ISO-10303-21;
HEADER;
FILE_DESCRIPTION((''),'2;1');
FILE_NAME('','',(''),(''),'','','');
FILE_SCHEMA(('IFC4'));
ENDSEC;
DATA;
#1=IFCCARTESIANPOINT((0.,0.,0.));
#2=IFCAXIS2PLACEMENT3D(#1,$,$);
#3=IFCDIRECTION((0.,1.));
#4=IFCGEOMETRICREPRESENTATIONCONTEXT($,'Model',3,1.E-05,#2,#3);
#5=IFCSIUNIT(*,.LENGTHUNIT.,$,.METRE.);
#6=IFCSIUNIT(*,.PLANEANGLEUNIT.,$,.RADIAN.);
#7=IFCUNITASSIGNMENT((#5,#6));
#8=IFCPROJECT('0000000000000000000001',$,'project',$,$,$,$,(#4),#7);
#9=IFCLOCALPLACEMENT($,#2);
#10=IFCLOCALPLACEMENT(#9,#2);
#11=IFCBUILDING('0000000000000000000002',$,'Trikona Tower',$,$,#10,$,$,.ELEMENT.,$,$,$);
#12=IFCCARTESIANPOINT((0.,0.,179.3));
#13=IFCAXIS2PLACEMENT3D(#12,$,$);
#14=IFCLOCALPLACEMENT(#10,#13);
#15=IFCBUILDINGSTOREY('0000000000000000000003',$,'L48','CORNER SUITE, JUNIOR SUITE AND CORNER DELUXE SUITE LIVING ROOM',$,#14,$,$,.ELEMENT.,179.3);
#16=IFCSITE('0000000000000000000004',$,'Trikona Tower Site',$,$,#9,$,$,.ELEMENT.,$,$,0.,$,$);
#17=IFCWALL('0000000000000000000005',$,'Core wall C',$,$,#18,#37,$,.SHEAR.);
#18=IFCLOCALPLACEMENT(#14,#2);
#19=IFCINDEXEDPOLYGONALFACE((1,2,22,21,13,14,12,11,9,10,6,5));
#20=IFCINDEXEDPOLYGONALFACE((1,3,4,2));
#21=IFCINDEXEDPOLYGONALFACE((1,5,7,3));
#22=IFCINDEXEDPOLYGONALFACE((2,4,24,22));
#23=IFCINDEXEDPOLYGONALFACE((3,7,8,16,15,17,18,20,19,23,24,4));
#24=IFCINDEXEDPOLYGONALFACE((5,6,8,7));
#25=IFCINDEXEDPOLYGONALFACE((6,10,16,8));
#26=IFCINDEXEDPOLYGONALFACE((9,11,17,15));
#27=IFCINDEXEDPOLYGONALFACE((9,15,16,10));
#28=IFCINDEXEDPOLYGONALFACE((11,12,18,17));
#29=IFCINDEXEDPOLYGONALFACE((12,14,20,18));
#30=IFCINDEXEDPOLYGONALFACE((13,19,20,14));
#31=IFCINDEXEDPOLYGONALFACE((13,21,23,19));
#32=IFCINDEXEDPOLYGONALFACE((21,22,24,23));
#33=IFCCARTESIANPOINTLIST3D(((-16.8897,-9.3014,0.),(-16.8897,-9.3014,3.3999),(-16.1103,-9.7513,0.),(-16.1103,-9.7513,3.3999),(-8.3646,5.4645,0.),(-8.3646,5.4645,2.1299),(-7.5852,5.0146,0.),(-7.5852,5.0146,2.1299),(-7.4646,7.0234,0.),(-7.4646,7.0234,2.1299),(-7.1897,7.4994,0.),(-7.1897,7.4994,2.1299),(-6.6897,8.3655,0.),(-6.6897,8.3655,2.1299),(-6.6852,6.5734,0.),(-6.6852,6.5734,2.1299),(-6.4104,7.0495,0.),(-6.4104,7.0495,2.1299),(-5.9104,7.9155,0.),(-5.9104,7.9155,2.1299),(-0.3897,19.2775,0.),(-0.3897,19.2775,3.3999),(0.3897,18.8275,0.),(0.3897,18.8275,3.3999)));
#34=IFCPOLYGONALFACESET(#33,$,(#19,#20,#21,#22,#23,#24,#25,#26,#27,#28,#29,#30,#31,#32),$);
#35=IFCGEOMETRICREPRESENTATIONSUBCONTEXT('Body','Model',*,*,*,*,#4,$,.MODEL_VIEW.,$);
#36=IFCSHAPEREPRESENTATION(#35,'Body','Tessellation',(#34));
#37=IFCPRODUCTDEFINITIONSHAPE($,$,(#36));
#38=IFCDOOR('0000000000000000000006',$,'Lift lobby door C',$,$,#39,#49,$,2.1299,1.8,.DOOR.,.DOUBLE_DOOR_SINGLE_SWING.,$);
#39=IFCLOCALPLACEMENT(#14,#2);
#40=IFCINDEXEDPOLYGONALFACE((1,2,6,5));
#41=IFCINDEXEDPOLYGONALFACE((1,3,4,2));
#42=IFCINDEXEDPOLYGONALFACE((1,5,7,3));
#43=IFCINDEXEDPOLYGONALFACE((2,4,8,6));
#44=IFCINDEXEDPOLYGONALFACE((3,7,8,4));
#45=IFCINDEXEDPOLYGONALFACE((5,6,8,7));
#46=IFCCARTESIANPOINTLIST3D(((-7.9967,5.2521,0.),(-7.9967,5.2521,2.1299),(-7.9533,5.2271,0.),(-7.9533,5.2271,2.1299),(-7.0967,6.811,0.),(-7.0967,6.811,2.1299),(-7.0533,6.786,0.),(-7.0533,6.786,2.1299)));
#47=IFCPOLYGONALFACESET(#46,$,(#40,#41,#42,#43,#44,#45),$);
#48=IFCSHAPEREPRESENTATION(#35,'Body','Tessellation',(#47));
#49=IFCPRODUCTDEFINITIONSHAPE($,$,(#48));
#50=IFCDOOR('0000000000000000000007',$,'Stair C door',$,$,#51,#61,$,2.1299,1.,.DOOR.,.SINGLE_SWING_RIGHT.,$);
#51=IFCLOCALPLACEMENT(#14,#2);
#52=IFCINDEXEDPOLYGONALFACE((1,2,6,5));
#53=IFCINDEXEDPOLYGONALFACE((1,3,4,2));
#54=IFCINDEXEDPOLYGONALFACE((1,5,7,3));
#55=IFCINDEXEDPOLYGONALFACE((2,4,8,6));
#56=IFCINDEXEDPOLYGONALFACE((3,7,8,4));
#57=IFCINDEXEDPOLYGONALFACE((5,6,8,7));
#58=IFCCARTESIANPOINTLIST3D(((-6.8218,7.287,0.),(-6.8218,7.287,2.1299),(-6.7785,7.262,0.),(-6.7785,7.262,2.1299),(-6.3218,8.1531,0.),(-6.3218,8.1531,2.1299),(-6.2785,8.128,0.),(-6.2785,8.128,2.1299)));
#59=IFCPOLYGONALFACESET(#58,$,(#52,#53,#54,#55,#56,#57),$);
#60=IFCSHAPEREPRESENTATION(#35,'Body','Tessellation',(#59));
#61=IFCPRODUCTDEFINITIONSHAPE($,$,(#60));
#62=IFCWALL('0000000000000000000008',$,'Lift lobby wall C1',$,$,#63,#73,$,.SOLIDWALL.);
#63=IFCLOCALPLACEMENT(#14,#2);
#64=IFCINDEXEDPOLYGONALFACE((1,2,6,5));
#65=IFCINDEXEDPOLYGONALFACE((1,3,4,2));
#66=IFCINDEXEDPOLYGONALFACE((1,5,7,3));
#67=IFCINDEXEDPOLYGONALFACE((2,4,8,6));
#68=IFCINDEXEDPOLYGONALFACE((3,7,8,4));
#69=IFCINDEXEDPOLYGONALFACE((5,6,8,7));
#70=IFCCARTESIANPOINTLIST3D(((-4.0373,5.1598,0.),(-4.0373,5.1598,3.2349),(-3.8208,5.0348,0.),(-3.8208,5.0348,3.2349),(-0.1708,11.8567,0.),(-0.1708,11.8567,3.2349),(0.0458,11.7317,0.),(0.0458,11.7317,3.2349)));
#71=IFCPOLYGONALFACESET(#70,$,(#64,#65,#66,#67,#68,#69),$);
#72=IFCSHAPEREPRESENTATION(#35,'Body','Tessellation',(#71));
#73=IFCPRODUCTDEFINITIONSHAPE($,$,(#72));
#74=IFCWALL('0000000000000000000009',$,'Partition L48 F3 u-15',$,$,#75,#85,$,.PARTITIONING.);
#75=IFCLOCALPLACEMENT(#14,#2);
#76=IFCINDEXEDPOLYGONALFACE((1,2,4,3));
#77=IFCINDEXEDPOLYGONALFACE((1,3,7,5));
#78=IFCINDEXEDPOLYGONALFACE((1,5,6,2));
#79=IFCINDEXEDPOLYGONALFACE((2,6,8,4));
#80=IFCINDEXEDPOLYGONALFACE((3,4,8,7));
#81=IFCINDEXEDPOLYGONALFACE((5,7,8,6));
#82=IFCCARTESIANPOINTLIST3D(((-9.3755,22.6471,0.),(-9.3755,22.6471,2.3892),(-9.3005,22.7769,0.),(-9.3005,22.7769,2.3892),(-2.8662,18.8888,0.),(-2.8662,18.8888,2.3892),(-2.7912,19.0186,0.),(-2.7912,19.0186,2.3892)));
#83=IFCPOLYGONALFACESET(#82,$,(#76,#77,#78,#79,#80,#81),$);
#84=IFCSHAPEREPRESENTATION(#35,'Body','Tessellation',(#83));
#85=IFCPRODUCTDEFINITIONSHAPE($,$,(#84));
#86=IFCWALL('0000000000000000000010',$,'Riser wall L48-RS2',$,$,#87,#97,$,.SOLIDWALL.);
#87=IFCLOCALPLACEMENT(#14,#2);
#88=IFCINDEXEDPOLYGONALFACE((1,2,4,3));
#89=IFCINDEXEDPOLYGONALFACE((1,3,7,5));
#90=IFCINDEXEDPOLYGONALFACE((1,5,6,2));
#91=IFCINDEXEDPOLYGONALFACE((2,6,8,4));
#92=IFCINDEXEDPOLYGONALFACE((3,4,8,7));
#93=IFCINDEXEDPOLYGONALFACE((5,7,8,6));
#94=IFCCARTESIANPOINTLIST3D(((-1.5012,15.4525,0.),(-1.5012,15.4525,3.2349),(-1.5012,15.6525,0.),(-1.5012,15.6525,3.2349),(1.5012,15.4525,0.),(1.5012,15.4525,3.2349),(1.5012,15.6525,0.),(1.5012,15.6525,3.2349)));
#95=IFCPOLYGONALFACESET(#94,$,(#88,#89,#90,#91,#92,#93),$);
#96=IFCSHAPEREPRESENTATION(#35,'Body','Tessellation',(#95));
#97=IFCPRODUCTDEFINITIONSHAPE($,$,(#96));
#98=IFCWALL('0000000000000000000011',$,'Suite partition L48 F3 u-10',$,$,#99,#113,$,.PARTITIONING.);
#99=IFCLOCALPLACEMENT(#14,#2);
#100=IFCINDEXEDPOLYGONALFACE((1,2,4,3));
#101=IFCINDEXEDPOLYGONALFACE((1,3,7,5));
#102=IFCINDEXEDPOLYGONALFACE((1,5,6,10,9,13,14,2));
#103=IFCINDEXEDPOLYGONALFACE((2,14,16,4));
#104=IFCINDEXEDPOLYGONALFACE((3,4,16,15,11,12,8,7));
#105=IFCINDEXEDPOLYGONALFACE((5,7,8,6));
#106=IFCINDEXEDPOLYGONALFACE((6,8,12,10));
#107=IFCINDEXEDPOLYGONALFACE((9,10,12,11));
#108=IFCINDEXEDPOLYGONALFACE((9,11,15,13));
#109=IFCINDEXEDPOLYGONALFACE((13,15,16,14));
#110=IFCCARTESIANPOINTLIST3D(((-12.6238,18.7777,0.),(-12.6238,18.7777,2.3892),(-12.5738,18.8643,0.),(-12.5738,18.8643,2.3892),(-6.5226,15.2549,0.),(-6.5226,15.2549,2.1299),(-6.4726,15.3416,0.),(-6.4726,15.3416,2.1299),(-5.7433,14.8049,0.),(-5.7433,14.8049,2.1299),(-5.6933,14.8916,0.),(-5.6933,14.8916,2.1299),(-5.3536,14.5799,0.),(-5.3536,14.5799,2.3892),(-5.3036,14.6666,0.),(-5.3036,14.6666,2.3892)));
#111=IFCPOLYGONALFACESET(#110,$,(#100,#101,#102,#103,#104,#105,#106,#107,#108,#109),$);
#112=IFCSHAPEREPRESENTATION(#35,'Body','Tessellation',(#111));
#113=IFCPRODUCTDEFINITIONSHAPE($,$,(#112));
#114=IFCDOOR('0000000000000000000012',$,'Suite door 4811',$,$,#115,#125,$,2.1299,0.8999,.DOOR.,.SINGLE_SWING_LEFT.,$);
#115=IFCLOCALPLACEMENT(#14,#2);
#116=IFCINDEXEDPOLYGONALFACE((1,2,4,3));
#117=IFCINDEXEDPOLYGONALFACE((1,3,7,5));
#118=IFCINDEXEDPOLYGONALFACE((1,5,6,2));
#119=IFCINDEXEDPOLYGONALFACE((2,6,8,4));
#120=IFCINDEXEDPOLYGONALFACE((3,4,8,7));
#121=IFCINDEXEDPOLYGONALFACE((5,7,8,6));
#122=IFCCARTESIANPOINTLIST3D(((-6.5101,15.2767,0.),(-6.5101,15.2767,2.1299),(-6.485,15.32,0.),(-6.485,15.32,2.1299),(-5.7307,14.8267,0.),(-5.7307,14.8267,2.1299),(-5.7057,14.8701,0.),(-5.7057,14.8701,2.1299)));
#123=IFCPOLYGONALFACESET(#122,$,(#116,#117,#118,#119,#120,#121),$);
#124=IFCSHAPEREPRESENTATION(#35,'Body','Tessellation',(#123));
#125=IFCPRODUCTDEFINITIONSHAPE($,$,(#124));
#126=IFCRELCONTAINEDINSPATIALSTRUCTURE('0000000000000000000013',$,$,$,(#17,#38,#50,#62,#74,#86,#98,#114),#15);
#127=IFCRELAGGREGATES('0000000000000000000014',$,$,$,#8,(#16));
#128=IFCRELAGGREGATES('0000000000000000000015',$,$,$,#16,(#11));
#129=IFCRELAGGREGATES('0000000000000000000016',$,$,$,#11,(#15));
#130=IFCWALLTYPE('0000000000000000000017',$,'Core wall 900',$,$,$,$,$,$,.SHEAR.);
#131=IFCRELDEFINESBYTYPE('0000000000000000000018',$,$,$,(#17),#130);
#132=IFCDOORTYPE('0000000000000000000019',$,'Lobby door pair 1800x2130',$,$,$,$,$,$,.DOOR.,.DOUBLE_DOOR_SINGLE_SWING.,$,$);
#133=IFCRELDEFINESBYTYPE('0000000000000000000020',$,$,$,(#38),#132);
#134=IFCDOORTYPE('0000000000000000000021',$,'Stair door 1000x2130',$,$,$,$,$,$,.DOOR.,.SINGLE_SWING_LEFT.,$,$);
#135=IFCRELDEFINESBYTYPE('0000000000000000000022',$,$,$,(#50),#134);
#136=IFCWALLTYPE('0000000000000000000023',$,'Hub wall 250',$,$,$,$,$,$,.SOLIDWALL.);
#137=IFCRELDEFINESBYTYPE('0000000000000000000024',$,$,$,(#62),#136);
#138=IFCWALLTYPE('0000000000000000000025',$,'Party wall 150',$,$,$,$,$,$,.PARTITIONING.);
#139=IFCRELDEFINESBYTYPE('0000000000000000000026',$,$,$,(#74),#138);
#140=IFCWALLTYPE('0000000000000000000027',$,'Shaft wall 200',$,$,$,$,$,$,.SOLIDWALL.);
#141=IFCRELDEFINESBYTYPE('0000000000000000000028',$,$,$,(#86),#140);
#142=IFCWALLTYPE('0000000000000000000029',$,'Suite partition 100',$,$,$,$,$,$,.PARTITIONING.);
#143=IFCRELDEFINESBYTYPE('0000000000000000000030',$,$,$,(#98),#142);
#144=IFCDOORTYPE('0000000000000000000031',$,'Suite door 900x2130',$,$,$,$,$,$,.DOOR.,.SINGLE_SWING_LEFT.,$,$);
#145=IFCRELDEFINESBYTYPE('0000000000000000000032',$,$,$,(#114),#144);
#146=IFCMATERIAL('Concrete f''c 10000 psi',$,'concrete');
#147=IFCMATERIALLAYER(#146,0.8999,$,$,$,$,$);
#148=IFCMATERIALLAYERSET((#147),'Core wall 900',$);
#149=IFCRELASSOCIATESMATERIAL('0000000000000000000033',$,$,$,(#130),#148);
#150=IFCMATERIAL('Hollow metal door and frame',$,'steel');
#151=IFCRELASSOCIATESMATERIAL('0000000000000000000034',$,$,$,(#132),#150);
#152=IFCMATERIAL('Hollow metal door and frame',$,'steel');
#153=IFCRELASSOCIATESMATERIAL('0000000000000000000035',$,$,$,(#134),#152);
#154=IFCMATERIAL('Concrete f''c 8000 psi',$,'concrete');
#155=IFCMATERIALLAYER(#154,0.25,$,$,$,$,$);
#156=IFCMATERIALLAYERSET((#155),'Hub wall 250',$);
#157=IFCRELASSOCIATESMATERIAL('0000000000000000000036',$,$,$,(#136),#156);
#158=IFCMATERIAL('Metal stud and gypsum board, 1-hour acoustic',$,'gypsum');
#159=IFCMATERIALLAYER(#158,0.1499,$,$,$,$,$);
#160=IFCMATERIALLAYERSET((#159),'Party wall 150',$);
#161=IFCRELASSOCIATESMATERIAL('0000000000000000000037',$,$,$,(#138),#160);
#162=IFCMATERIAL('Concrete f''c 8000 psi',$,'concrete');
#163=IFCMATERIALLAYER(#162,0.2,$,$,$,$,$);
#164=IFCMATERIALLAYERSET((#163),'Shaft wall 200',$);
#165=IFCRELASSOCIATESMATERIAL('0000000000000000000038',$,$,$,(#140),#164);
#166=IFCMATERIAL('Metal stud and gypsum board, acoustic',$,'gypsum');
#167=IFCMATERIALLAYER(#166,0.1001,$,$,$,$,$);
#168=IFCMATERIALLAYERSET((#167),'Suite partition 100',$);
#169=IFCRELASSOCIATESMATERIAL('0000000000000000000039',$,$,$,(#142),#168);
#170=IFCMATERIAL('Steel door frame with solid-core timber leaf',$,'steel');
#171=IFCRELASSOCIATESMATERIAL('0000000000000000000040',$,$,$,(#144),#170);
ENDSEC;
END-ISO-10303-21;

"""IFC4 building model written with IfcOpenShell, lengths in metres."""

from ifc_helpers import new_model, si_unit, direction, frame, frame_2d, origin, place, context, subcontext, project, spatial, rectangle, extrude, material, layer, layer_set, type_object, element, fill, save


model = new_model("IFC4")

# Units and contexts
model_context = context("Model", 3, precision=1e-05, world=origin(), true_north=direction((0.0, 1.0)))
body_context = subcontext(model_context, "Body", "Model", "MODEL_VIEW")
ifc_project = project(units=[si_unit("LENGTHUNIT", "METRE"), si_unit("PLANEANGLEUNIT", "RADIAN")], contexts=[model_context])

# Site, building, storey
site_placement = place(None, origin())
site = spatial("IfcSite", under=ifc_project, at=site_placement, Name="Trikona Tower Site", CompositionType="ELEMENT", RefElevation=0.0)
building_placement = place(site_placement, origin())
building = spatial("IfcBuilding", under=site, at=building_placement, Name="Trikona Tower", CompositionType="ELEMENT")
storey_placement = place(building_placement, frame((0.0, 0.0, 179.3)))
storey = spatial("IfcBuildingStorey", under=building, at=storey_placement, Name="L48", Description="CORNER SUITE, JUNIOR SUITE AND CORNER DELUXE SUITE LIVING ROOM", CompositionType="ELEMENT", Elevation=179.3)

# Wall, openings, doors
ifc_material_1 = material(Name="Concrete f'c 10000 psi", Category="concrete")
ifc_layer_1 = layer(ifc_material_1, 0.8999)
ifc_layer_set_1 = layer_set([ifc_layer_1], Name="Core wall 900")
wall_type_1 = type_object("IfcWallType", Name="Core wall 900", PredefinedType="SHEAR", material=ifc_layer_set_1)
wall_1_placement = place(storey_placement, frame((0.0, 19.0525, 0.0), z_axis=(0.0, 0.0, 1.0), x_axis=(-0.5, -0.866026, 0.0)))
wall_1 = element("IfcWall", 1, at=wall_1_placement, inside=storey, type_object=wall_type_1, Name="Core wall C", PredefinedType="SHEAR", context=body_context, shape_type="SweptSolid", body=[
    extrude(rectangle(XDim=33.0, YDim=0.8999, at=frame_2d((16.5, 0.0))), origin(), (0.0, 0.0, 1.0), 3.3999),
])
opening_1_placement = place(wall_1_placement, frame((14.1499, 0.0, 0.0)))
opening_1 = element("IfcOpeningElement", 2, at=opening_1_placement, cuts=wall_1, PredefinedType="OPENING", context=body_context, shape_type="SweptSolid", body=[
    extrude(rectangle(XDim=1.8, YDim=2.1299, at=frame_2d((0.8999, 1.0649))), frame((0.0, 0.46, 0.0), z_axis=(0.0, -1.0, 0.0), x_axis=(1.0, 0.0, 0.0)), (0.0, 0.0, 1.0), 0.9199),
])
opening_2_placement = place(wall_1_placement, frame((12.6001, 0.0, 0.0)))
opening_2 = element("IfcOpeningElement", 3, at=opening_2_placement, cuts=wall_1, PredefinedType="OPENING", context=body_context, shape_type="SweptSolid", body=[
    extrude(rectangle(XDim=1.0, YDim=2.1299, at=frame_2d((0.5, 1.0649))), frame((0.0, 0.46, 0.0), z_axis=(0.0, -1.0, 0.0), x_axis=(1.0, 0.0, 0.0)), (0.0, 0.0, 1.0), 0.9199),
])
ifc_material_2 = material(Name="Hollow metal door and frame", Category="steel")
door_type_1 = type_object("IfcDoorType", Name="Lobby door pair 1800x2130", OperationType="DOUBLE_DOOR_SINGLE_SWING", PredefinedType="DOOR", material=ifc_material_2)
door_1_placement = place(opening_1_placement, origin())
door_1 = element("IfcDoor", 4, at=door_1_placement, inside=storey, type_object=door_type_1, Name="Lift lobby door C", OperationType="DOUBLE_DOOR_SINGLE_SWING", OverallHeight=2.1299, OverallWidth=1.8, PredefinedType="DOOR", context=body_context, shape_type="SweptSolid", body=[
    extrude(rectangle(XDim=1.8, YDim=2.1299, at=frame_2d((0.8999, 1.0649))), frame((0.0, 0.0249, 0.0), z_axis=(0.0, -1.0, 0.0), x_axis=(1.0, 0.0, 0.0)), (0.0, 0.0, 1.0), 0.05),
])
fill(opening_1, door_1)
ifc_material_3 = material(Name="Hollow metal door and frame", Category="steel")
door_type_2 = type_object("IfcDoorType", Name="Stair door 1000x2130", OperationType="SINGLE_SWING_LEFT", PredefinedType="DOOR", material=ifc_material_3)
door_2_placement = place(opening_2_placement, origin())
door_2 = element("IfcDoor", 5, at=door_2_placement, inside=storey, type_object=door_type_2, Name="Stair C door", OperationType="SINGLE_SWING_RIGHT", OverallHeight=2.1299, OverallWidth=1.0, PredefinedType="DOOR", context=body_context, shape_type="SweptSolid", body=[
    extrude(rectangle(XDim=1.0, YDim=2.1299, at=frame_2d((0.5, 1.0649))), frame((0.0, 0.0249, 0.0), z_axis=(0.0, -1.0, 0.0), x_axis=(1.0, 0.0, 0.0)), (0.0, 0.0, 1.0), 0.05),
])
fill(opening_2, door_2)

# Walls
ifc_material_4 = material(Name="Concrete f'c 8000 psi", Category="concrete")
ifc_layer_2 = layer(ifc_material_4, 0.25)
ifc_layer_set_2 = layer_set([ifc_layer_2], Name="Hub wall 250")
wall_type_2 = type_object("IfcWallType", Name="Hub wall 250", PredefinedType="SOLIDWALL", material=ifc_layer_set_2)
wall_2_placement = place(storey_placement, frame((-0.0625, 11.7942, 0.0), z_axis=(0.0, 0.0, 1.0), x_axis=(-0.500007, -0.866022, 0.0)))
element("IfcWall", 6, at=wall_2_placement, inside=storey, type_object=wall_type_2, Name="Lift lobby wall C1", PredefinedType="SOLIDWALL", context=body_context, shape_type="SweptSolid", body=[
    extrude(rectangle(XDim=7.7329, YDim=0.25, at=frame_2d((3.8665, 0.0))), origin(), (0.0, 0.0, 1.0), 3.2349),
])
ifc_material_5 = material(Name="Metal stud and gypsum board, 1-hour acoustic", Category="gypsum")
ifc_layer_3 = layer(ifc_material_5, 0.1499)
ifc_layer_set_3 = layer_set([ifc_layer_3], Name="Party wall 150")
wall_type_3 = type_object("IfcWallType", Name="Party wall 150", PredefinedType="PARTITIONING", material=ifc_layer_set_3)
wall_3_placement = place(storey_placement, frame((-2.8286, 18.9536, 0.0), z_axis=(0.0, 0.0, 1.0), x_axis=(-0.866016, 0.500017, 0.0)))
element("IfcWall", 7, at=wall_3_placement, inside=storey, type_object=wall_type_3, Name="Partition L48 F3 u-15", PredefinedType="PARTITIONING", context=body_context, shape_type="SweptSolid", body=[
    extrude(rectangle(XDim=7.5164, YDim=0.1499, at=frame_2d((3.7583, 0.0))), origin(), (0.0, 0.0, 1.0), 2.3892),
])
ifc_material_6 = material(Name="Concrete f'c 8000 psi", Category="concrete")
ifc_layer_4 = layer(ifc_material_6, 0.2)
ifc_layer_set_4 = layer_set([ifc_layer_4], Name="Shaft wall 200")
wall_type_4 = type_object("IfcWallType", Name="Shaft wall 200", PredefinedType="SOLIDWALL", material=ifc_layer_set_4)
wall_4_placement = place(storey_placement, frame((-1.5012, 15.5525, 0.0), z_axis=(0.0, 0.0, 1.0), x_axis=(1.0, 0.0, 0.0)))
element("IfcWall", 8, at=wall_4_placement, inside=storey, type_object=wall_type_4, Name="Riser wall L48-RS2", PredefinedType="SOLIDWALL", context=body_context, shape_type="SweptSolid", body=[
    extrude(rectangle(XDim=3.0024, YDim=0.2, at=frame_2d((1.5012, 0.0))), origin(), (0.0, 0.0, 1.0), 3.2349),
])

# Wall, opening, door
ifc_material_7 = material(Name="Metal stud and gypsum board, acoustic", Category="gypsum")
ifc_layer_5 = layer(ifc_material_7, 0.1001)
ifc_layer_set_5 = layer_set([ifc_layer_5], Name="Suite partition 100")
wall_type_5 = type_object("IfcWallType", Name="Suite partition 100", PredefinedType="PARTITIONING", material=ifc_layer_set_5)
wall_5_placement = place(storey_placement, frame((-5.3286, 14.6233, 0.0), z_axis=(0.0, 0.0, 1.0), x_axis=(-0.866012, 0.500024, 0.0)))
wall_5 = element("IfcWall", 9, at=wall_5_placement, inside=storey, type_object=wall_type_5, Name="Suite partition L48 F3 u-10", PredefinedType="PARTITIONING", context=body_context, shape_type="SweptSolid", body=[
    extrude(rectangle(XDim=8.395, YDim=0.1001, at=frame_2d((4.1975, 0.0))), origin(), (0.0, 0.0, 1.0), 2.3892),
])
opening_3_placement = place(wall_5_placement, frame((0.45, 0.0, 0.0)))
opening_3 = element("IfcOpeningElement", 10, at=opening_3_placement, cuts=wall_5, PredefinedType="OPENING", context=body_context, shape_type="SweptSolid", body=[
    extrude(rectangle(XDim=0.8999, YDim=2.1299, at=frame_2d((0.45, 1.0649))), frame((0.0, 0.0601, 0.0), z_axis=(0.0, -1.0, 0.0), x_axis=(1.0, 0.0, 0.0)), (0.0, 0.0, 1.0), 0.1201),
])
ifc_material_8 = material(Name="Steel door frame with solid-core timber leaf", Category="steel")
door_type_3 = type_object("IfcDoorType", Name="Suite door 900x2130", OperationType="SINGLE_SWING_LEFT", PredefinedType="DOOR", material=ifc_material_8)
door_3_placement = place(opening_3_placement, origin())
door_3 = element("IfcDoor", 11, at=door_3_placement, inside=storey, type_object=door_type_3, Name="Suite door 4811", OperationType="SINGLE_SWING_LEFT", OverallHeight=2.1299, OverallWidth=0.8999, PredefinedType="DOOR", context=body_context, shape_type="SweptSolid", body=[
    extrude(rectangle(XDim=0.8999, YDim=2.1299, at=frame_2d((0.45, 1.0649))), frame((0.0, 0.0249, 0.0), z_axis=(0.0, -1.0, 0.0), x_axis=(1.0, 0.0, 0.0)), (0.0, 0.0, 1.0), 0.05),
])
fill(opening_3, door_3)

save(model, "model.ifc")
